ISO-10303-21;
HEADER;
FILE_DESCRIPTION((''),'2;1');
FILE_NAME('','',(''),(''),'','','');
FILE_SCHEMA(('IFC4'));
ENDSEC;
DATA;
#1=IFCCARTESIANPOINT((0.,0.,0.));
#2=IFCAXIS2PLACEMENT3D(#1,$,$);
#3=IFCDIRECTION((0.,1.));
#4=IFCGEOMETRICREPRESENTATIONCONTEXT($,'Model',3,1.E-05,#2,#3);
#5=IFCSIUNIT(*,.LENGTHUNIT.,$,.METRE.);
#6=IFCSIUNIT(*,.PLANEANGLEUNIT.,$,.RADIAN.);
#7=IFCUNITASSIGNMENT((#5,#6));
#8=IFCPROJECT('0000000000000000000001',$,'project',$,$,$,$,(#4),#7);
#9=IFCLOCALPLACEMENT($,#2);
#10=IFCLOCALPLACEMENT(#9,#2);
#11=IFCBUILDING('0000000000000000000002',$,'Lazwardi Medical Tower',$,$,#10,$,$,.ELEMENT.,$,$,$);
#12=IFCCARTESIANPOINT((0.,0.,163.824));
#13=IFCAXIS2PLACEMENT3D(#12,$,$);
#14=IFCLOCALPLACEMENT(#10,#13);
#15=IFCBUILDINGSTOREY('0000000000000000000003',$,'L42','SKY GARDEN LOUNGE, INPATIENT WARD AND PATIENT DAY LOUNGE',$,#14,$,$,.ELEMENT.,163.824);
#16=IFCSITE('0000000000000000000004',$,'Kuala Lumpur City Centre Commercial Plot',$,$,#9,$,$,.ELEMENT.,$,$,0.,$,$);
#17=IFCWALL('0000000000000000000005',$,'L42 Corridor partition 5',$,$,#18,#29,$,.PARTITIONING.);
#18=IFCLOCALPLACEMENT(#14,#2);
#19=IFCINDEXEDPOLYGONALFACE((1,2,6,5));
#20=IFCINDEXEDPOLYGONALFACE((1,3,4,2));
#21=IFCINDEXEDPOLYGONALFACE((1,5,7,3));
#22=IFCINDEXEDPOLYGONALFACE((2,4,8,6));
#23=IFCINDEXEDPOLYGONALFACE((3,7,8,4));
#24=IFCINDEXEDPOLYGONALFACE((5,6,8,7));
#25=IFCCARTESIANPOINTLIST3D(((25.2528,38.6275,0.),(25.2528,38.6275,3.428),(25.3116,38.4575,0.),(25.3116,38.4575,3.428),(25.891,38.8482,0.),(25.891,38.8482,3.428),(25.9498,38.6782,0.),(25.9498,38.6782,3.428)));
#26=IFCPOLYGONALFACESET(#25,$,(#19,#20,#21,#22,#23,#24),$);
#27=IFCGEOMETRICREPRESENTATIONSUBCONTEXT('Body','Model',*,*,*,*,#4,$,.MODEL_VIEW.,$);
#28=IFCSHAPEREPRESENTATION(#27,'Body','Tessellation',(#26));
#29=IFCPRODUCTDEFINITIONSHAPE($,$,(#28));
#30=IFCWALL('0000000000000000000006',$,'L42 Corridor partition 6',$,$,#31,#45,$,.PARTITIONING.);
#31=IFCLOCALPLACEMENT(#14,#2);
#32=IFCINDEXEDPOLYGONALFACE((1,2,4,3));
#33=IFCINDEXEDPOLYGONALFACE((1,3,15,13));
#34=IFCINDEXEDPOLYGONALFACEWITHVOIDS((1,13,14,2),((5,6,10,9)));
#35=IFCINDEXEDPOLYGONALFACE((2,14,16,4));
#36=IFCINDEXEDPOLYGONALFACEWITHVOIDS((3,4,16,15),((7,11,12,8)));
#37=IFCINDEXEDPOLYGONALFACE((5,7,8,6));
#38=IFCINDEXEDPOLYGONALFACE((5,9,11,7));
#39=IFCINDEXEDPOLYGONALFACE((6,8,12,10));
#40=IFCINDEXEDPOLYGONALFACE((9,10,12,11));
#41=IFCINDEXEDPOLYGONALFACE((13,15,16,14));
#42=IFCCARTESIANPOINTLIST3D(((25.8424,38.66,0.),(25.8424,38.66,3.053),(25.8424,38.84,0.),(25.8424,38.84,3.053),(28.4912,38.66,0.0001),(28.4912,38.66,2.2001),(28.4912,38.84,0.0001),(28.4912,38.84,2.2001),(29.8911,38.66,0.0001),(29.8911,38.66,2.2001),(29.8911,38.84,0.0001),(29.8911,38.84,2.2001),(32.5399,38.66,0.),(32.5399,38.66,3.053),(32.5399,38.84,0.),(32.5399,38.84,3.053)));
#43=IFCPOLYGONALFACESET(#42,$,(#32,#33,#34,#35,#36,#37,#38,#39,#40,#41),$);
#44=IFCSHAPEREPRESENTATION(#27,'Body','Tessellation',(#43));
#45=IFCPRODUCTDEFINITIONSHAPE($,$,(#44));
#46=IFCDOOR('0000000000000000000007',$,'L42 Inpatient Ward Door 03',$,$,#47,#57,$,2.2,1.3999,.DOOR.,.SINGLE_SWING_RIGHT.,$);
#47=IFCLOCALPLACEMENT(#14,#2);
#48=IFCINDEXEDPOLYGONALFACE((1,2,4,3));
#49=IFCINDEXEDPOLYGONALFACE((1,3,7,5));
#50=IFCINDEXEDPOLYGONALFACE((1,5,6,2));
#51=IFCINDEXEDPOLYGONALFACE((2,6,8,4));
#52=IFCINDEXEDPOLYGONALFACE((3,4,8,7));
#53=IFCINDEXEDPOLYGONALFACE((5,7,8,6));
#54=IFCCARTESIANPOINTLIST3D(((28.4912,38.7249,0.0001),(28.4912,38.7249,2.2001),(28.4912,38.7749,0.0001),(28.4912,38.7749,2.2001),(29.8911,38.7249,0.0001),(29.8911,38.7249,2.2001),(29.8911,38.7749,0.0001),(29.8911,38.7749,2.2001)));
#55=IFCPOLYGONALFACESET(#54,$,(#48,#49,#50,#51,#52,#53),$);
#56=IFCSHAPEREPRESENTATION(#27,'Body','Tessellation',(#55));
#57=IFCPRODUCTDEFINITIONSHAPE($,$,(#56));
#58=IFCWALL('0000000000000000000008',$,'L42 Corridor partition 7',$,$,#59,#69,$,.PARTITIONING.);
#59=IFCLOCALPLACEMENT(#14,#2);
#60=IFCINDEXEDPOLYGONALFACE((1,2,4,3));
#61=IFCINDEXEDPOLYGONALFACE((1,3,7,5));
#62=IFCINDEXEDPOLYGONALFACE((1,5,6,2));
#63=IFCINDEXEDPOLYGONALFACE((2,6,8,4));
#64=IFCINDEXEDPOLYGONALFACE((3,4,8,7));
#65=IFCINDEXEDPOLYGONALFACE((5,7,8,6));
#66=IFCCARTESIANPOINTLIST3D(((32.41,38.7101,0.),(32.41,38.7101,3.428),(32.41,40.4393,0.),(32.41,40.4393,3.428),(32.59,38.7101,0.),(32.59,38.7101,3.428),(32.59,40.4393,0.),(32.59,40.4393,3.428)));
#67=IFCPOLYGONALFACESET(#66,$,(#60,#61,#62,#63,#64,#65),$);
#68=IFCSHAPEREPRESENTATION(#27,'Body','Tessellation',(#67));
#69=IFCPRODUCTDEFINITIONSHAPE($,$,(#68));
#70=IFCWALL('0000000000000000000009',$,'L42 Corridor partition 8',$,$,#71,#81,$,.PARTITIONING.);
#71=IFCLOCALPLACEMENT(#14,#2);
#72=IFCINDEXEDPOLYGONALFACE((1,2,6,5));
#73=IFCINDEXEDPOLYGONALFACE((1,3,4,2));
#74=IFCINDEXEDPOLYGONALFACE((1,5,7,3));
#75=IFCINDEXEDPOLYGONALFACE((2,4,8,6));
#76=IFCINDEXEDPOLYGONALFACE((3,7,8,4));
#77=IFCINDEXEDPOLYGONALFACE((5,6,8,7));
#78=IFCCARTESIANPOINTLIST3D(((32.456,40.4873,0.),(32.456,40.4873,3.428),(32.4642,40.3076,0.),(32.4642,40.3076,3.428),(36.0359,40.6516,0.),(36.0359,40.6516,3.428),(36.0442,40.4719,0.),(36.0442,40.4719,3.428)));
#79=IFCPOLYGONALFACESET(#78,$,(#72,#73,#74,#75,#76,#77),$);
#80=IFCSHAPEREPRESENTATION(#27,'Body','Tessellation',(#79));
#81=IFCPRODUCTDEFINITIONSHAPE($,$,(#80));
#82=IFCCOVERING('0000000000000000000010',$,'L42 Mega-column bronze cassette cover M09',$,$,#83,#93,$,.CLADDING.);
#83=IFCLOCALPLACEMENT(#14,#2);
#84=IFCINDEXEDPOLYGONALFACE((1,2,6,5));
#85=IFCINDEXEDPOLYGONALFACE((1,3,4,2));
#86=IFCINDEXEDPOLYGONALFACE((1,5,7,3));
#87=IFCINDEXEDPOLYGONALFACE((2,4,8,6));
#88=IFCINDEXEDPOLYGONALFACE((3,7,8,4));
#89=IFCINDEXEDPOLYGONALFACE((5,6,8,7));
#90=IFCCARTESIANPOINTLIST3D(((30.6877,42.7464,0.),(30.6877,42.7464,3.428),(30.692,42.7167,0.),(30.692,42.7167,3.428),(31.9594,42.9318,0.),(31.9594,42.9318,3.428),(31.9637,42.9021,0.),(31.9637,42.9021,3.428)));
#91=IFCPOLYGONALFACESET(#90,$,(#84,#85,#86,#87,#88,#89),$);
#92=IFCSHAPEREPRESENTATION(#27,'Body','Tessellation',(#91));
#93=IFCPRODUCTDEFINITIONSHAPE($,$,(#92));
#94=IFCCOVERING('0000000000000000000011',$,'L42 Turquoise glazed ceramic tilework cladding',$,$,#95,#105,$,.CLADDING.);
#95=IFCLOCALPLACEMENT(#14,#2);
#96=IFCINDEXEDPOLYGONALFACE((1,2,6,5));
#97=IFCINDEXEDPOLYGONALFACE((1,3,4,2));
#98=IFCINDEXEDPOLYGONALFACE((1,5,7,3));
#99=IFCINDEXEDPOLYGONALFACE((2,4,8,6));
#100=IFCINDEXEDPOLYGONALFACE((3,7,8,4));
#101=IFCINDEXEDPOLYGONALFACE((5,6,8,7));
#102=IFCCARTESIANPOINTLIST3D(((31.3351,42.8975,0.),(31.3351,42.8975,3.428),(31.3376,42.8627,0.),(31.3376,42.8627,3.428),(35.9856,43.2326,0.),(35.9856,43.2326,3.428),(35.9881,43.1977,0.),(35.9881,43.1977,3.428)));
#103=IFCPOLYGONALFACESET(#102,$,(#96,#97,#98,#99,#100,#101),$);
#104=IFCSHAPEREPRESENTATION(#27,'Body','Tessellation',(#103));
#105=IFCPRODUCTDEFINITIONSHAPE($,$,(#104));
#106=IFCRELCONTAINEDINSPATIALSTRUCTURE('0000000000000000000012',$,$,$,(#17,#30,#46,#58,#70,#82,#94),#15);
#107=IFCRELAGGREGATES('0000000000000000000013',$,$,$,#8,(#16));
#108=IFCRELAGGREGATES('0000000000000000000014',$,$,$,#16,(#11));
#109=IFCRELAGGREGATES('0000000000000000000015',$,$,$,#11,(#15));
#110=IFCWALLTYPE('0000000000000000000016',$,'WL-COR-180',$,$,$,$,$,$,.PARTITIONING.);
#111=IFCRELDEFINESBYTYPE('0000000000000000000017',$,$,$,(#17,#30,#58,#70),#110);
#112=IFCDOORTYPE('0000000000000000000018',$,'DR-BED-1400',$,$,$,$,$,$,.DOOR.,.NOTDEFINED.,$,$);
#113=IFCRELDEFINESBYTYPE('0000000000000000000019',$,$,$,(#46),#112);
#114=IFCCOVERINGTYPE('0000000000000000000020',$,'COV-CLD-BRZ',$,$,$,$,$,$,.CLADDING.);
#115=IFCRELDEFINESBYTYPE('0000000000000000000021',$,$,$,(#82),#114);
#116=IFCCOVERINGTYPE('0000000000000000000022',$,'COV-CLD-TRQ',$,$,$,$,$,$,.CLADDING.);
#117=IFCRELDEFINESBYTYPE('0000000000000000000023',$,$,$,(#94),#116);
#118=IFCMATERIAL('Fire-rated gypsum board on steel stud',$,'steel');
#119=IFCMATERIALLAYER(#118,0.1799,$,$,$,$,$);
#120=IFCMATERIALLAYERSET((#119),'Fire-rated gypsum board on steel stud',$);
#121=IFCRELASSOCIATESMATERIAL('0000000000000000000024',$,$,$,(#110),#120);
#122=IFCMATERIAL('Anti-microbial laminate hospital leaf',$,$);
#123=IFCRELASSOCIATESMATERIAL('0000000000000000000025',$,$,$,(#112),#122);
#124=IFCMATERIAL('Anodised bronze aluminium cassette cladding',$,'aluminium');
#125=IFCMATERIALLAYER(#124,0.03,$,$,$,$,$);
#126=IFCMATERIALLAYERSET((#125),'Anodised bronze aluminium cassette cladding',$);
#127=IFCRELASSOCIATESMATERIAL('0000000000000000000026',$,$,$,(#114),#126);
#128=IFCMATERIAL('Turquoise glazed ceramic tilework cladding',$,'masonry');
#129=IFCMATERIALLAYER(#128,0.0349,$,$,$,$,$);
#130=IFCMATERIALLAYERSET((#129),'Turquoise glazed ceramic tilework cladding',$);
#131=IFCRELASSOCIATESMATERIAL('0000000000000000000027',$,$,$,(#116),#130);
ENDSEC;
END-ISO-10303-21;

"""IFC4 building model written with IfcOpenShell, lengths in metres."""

from ifc_helpers import new_model, si_unit, direction, frame, frame_2d, origin, origin_2d, place, context, subcontext, project, spatial, rectangle, extrude, material, layer, layer_set, type_object, element, fill, save


model = new_model("IFC4")

# Units and contexts
model_context = context("Model", 3, precision=1e-05, world=origin(), true_north=direction((0.0, 1.0)))
body_context = subcontext(model_context, "Body", "Model", "MODEL_VIEW")
ifc_project = project(units=[si_unit("LENGTHUNIT", "METRE"), si_unit("PLANEANGLEUNIT", "RADIAN")], contexts=[model_context])

# Site, building, storey
site_placement = place(None, origin())
site = spatial("IfcSite", under=ifc_project, at=site_placement, Name="Kuala Lumpur City Centre Commercial Plot", CompositionType="ELEMENT", RefElevation=0.0)
building_placement = place(site_placement, origin())
building = spatial("IfcBuilding", under=site, at=building_placement, Name="Lazwardi Medical Tower", CompositionType="ELEMENT")
storey_placement = place(building_placement, frame((0.0, 0.0, 163.824)))
storey = spatial("IfcBuildingStorey", under=building, at=storey_placement, Name="L42", Description="SKY GARDEN LOUNGE, INPATIENT WARD AND PATIENT DAY LOUNGE", CompositionType="ELEMENT", Elevation=163.824)

# Wall
ifc_material_1 = material(Name="Fire-rated gypsum board on steel stud", Category="steel")
ifc_layer_1 = layer(ifc_material_1, 0.1799)
ifc_layer_set_1 = layer_set([ifc_layer_1], Name="Fire-rated gypsum board on steel stud")
wall_type = type_object("IfcWallType", Name="WL-COR-180", PredefinedType="PARTITIONING", material=ifc_layer_set_1)
wall_1_placement = place(storey_placement, frame((25.2822, 38.5425, 0.0), z_axis=(0.0, 0.0, 1.0), x_axis=(0.945081, 0.326837, 0.0)))
element("IfcWall", 1, at=wall_1_placement, inside=storey, type_object=wall_type, Name="L42 Corridor partition 5", PredefinedType="PARTITIONING", context=body_context, shape_type="SweptSolid", body=[
    extrude(rectangle(XDim=0.6753, YDim=0.1799, at=frame_2d((0.3376, 0.0))), origin(), (0.0, 0.0, 1.0), 3.428),
])

# Wall, opening, door
wall_2_placement = place(storey_placement, frame((25.8425, 38.75, 0.0), z_axis=(0.0, 0.0, 1.0), x_axis=(1.0, 0.0, 0.0)))
wall_2 = element("IfcWall", 2, at=wall_2_placement, inside=storey, type_object=wall_type, Name="L42 Corridor partition 6", PredefinedType="PARTITIONING", context=body_context, shape_type="SweptSolid", body=[
    extrude(rectangle(XDim=6.6975, YDim=0.1799, at=frame_2d((3.3486, 0.0))), origin(), (0.0, 0.0, 1.0), 3.053),
])
opening_placement = place(wall_2_placement, frame((2.6487, 0.0, 0.0)))
opening = element("IfcOpeningElement", 3, at=opening_placement, cuts=wall_2, PredefinedType="OPENING", context=body_context, shape_type="SweptSolid", body=[
    extrude(rectangle(XDim=1.3999, YDim=2.2, at=frame_2d((0.7, 1.1001))), frame((0.0, 0.0999, 0.0), z_axis=(0.0, -1.0, 0.0), x_axis=(1.0, 0.0, 0.0)), (0.0, 0.0, 1.0), 0.2),
])
ifc_material_2 = material(Name="Anti-microbial laminate hospital leaf")
door_type = type_object("IfcDoorType", Name="DR-BED-1400", OperationType="NOTDEFINED", PredefinedType="DOOR", material=ifc_material_2)
door_placement = place(opening_placement, origin())
door = element("IfcDoor", 4, at=door_placement, inside=storey, type_object=door_type, Name="L42 Inpatient Ward Door 03", OperationType="SINGLE_SWING_RIGHT", OverallHeight=2.2, OverallWidth=1.3999, PredefinedType="DOOR", context=body_context, shape_type="SweptSolid", body=[
    extrude(rectangle(XDim=1.3999, YDim=2.2, at=frame_2d((0.7, 1.1001))), frame((0.0, 0.0249, 0.0), z_axis=(0.0, -1.0, 0.0), x_axis=(1.0, 0.0, 0.0)), (0.0, 0.0, 1.0), 0.05),
])
fill(opening, door)

# Walls
wall_3_placement = place(storey_placement, frame((32.5, 38.71, 0.0), z_axis=(0.0, 0.0, 1.0), x_axis=(0.0, 1.0, 0.0)))
element("IfcWall", 5, at=wall_3_placement, inside=storey, type_object=wall_type, Name="L42 Corridor partition 7", PredefinedType="PARTITIONING", context=body_context, shape_type="SweptSolid", body=[
    extrude(rectangle(XDim=1.7292, YDim=0.1799, at=frame_2d((0.8647, 0.0))), origin(), (0.0, 0.0, 1.0), 3.428),
])
wall_4_placement = place(storey_placement, frame((32.46, 40.3975, 0.0), z_axis=(0.0, 0.0, 1.0), x_axis=(0.998948, 0.045846, 0.0)))
element("IfcWall", 6, at=wall_4_placement, inside=storey, type_object=wall_type, Name="L42 Corridor partition 8", PredefinedType="PARTITIONING", context=body_context, shape_type="SweptSolid", body=[
    extrude(rectangle(XDim=3.5837, YDim=0.1799, at=frame_2d((1.792, 0.0))), origin(), (0.0, 0.0, 1.0), 3.428),
])

# Coverings
ifc_material_3 = material(Name="Anodised bronze aluminium cassette cladding", Category="aluminium")
ifc_layer_2 = layer(ifc_material_3, 0.03)
ifc_layer_set_2 = layer_set([ifc_layer_2], Name="Anodised bronze aluminium cassette cladding")
covering_type_1 = type_object("IfcCoveringType", Name="COV-CLD-BRZ", PredefinedType="CLADDING", material=ifc_layer_set_2)
covering_1_placement = place(storey_placement, frame((31.3257, 42.8242, 0.0), z_axis=(0.0, 0.0, 1.0), x_axis=(-0.989539, -0.144265, 0.0)))
element("IfcCovering", 7, at=covering_1_placement, inside=storey, type_object=covering_type_1, Name="L42 Mega-column bronze cassette cover M09", PredefinedType="CLADDING", context=body_context, shape_type="SweptSolid", body=[
    extrude(rectangle(XDim=1.2852, YDim=0.03, at=origin_2d()), origin(), (0.0, 0.0, 1.0), 3.428),
])
ifc_material_4 = material(Name="Turquoise glazed ceramic tilework cladding", Category="masonry")
ifc_layer_3 = layer(ifc_material_4, 0.0349)
ifc_layer_set_3 = layer_set([ifc_layer_3], Name="Turquoise glazed ceramic tilework cladding")
covering_type_2 = type_object("IfcCoveringType", Name="COV-CLD-TRQ", PredefinedType="CLADDING", material=ifc_layer_set_3)
covering_2_placement = place(storey_placement, frame((33.6616, 43.0476, 0.0), z_axis=(0.0, 0.0, 1.0), x_axis=(-0.997414, -0.071868, 0.0)))
element("IfcCovering", 8, at=covering_2_placement, inside=storey, type_object=covering_type_2, Name="L42 Turquoise glazed ceramic tilework cladding", PredefinedType="CLADDING", context=body_context, shape_type="SweptSolid", body=[
    extrude(rectangle(XDim=4.6626, YDim=0.0349, at=origin_2d()), origin(), (0.0, 0.0, 1.0), 3.428),
])

save(model, "model.ifc")
